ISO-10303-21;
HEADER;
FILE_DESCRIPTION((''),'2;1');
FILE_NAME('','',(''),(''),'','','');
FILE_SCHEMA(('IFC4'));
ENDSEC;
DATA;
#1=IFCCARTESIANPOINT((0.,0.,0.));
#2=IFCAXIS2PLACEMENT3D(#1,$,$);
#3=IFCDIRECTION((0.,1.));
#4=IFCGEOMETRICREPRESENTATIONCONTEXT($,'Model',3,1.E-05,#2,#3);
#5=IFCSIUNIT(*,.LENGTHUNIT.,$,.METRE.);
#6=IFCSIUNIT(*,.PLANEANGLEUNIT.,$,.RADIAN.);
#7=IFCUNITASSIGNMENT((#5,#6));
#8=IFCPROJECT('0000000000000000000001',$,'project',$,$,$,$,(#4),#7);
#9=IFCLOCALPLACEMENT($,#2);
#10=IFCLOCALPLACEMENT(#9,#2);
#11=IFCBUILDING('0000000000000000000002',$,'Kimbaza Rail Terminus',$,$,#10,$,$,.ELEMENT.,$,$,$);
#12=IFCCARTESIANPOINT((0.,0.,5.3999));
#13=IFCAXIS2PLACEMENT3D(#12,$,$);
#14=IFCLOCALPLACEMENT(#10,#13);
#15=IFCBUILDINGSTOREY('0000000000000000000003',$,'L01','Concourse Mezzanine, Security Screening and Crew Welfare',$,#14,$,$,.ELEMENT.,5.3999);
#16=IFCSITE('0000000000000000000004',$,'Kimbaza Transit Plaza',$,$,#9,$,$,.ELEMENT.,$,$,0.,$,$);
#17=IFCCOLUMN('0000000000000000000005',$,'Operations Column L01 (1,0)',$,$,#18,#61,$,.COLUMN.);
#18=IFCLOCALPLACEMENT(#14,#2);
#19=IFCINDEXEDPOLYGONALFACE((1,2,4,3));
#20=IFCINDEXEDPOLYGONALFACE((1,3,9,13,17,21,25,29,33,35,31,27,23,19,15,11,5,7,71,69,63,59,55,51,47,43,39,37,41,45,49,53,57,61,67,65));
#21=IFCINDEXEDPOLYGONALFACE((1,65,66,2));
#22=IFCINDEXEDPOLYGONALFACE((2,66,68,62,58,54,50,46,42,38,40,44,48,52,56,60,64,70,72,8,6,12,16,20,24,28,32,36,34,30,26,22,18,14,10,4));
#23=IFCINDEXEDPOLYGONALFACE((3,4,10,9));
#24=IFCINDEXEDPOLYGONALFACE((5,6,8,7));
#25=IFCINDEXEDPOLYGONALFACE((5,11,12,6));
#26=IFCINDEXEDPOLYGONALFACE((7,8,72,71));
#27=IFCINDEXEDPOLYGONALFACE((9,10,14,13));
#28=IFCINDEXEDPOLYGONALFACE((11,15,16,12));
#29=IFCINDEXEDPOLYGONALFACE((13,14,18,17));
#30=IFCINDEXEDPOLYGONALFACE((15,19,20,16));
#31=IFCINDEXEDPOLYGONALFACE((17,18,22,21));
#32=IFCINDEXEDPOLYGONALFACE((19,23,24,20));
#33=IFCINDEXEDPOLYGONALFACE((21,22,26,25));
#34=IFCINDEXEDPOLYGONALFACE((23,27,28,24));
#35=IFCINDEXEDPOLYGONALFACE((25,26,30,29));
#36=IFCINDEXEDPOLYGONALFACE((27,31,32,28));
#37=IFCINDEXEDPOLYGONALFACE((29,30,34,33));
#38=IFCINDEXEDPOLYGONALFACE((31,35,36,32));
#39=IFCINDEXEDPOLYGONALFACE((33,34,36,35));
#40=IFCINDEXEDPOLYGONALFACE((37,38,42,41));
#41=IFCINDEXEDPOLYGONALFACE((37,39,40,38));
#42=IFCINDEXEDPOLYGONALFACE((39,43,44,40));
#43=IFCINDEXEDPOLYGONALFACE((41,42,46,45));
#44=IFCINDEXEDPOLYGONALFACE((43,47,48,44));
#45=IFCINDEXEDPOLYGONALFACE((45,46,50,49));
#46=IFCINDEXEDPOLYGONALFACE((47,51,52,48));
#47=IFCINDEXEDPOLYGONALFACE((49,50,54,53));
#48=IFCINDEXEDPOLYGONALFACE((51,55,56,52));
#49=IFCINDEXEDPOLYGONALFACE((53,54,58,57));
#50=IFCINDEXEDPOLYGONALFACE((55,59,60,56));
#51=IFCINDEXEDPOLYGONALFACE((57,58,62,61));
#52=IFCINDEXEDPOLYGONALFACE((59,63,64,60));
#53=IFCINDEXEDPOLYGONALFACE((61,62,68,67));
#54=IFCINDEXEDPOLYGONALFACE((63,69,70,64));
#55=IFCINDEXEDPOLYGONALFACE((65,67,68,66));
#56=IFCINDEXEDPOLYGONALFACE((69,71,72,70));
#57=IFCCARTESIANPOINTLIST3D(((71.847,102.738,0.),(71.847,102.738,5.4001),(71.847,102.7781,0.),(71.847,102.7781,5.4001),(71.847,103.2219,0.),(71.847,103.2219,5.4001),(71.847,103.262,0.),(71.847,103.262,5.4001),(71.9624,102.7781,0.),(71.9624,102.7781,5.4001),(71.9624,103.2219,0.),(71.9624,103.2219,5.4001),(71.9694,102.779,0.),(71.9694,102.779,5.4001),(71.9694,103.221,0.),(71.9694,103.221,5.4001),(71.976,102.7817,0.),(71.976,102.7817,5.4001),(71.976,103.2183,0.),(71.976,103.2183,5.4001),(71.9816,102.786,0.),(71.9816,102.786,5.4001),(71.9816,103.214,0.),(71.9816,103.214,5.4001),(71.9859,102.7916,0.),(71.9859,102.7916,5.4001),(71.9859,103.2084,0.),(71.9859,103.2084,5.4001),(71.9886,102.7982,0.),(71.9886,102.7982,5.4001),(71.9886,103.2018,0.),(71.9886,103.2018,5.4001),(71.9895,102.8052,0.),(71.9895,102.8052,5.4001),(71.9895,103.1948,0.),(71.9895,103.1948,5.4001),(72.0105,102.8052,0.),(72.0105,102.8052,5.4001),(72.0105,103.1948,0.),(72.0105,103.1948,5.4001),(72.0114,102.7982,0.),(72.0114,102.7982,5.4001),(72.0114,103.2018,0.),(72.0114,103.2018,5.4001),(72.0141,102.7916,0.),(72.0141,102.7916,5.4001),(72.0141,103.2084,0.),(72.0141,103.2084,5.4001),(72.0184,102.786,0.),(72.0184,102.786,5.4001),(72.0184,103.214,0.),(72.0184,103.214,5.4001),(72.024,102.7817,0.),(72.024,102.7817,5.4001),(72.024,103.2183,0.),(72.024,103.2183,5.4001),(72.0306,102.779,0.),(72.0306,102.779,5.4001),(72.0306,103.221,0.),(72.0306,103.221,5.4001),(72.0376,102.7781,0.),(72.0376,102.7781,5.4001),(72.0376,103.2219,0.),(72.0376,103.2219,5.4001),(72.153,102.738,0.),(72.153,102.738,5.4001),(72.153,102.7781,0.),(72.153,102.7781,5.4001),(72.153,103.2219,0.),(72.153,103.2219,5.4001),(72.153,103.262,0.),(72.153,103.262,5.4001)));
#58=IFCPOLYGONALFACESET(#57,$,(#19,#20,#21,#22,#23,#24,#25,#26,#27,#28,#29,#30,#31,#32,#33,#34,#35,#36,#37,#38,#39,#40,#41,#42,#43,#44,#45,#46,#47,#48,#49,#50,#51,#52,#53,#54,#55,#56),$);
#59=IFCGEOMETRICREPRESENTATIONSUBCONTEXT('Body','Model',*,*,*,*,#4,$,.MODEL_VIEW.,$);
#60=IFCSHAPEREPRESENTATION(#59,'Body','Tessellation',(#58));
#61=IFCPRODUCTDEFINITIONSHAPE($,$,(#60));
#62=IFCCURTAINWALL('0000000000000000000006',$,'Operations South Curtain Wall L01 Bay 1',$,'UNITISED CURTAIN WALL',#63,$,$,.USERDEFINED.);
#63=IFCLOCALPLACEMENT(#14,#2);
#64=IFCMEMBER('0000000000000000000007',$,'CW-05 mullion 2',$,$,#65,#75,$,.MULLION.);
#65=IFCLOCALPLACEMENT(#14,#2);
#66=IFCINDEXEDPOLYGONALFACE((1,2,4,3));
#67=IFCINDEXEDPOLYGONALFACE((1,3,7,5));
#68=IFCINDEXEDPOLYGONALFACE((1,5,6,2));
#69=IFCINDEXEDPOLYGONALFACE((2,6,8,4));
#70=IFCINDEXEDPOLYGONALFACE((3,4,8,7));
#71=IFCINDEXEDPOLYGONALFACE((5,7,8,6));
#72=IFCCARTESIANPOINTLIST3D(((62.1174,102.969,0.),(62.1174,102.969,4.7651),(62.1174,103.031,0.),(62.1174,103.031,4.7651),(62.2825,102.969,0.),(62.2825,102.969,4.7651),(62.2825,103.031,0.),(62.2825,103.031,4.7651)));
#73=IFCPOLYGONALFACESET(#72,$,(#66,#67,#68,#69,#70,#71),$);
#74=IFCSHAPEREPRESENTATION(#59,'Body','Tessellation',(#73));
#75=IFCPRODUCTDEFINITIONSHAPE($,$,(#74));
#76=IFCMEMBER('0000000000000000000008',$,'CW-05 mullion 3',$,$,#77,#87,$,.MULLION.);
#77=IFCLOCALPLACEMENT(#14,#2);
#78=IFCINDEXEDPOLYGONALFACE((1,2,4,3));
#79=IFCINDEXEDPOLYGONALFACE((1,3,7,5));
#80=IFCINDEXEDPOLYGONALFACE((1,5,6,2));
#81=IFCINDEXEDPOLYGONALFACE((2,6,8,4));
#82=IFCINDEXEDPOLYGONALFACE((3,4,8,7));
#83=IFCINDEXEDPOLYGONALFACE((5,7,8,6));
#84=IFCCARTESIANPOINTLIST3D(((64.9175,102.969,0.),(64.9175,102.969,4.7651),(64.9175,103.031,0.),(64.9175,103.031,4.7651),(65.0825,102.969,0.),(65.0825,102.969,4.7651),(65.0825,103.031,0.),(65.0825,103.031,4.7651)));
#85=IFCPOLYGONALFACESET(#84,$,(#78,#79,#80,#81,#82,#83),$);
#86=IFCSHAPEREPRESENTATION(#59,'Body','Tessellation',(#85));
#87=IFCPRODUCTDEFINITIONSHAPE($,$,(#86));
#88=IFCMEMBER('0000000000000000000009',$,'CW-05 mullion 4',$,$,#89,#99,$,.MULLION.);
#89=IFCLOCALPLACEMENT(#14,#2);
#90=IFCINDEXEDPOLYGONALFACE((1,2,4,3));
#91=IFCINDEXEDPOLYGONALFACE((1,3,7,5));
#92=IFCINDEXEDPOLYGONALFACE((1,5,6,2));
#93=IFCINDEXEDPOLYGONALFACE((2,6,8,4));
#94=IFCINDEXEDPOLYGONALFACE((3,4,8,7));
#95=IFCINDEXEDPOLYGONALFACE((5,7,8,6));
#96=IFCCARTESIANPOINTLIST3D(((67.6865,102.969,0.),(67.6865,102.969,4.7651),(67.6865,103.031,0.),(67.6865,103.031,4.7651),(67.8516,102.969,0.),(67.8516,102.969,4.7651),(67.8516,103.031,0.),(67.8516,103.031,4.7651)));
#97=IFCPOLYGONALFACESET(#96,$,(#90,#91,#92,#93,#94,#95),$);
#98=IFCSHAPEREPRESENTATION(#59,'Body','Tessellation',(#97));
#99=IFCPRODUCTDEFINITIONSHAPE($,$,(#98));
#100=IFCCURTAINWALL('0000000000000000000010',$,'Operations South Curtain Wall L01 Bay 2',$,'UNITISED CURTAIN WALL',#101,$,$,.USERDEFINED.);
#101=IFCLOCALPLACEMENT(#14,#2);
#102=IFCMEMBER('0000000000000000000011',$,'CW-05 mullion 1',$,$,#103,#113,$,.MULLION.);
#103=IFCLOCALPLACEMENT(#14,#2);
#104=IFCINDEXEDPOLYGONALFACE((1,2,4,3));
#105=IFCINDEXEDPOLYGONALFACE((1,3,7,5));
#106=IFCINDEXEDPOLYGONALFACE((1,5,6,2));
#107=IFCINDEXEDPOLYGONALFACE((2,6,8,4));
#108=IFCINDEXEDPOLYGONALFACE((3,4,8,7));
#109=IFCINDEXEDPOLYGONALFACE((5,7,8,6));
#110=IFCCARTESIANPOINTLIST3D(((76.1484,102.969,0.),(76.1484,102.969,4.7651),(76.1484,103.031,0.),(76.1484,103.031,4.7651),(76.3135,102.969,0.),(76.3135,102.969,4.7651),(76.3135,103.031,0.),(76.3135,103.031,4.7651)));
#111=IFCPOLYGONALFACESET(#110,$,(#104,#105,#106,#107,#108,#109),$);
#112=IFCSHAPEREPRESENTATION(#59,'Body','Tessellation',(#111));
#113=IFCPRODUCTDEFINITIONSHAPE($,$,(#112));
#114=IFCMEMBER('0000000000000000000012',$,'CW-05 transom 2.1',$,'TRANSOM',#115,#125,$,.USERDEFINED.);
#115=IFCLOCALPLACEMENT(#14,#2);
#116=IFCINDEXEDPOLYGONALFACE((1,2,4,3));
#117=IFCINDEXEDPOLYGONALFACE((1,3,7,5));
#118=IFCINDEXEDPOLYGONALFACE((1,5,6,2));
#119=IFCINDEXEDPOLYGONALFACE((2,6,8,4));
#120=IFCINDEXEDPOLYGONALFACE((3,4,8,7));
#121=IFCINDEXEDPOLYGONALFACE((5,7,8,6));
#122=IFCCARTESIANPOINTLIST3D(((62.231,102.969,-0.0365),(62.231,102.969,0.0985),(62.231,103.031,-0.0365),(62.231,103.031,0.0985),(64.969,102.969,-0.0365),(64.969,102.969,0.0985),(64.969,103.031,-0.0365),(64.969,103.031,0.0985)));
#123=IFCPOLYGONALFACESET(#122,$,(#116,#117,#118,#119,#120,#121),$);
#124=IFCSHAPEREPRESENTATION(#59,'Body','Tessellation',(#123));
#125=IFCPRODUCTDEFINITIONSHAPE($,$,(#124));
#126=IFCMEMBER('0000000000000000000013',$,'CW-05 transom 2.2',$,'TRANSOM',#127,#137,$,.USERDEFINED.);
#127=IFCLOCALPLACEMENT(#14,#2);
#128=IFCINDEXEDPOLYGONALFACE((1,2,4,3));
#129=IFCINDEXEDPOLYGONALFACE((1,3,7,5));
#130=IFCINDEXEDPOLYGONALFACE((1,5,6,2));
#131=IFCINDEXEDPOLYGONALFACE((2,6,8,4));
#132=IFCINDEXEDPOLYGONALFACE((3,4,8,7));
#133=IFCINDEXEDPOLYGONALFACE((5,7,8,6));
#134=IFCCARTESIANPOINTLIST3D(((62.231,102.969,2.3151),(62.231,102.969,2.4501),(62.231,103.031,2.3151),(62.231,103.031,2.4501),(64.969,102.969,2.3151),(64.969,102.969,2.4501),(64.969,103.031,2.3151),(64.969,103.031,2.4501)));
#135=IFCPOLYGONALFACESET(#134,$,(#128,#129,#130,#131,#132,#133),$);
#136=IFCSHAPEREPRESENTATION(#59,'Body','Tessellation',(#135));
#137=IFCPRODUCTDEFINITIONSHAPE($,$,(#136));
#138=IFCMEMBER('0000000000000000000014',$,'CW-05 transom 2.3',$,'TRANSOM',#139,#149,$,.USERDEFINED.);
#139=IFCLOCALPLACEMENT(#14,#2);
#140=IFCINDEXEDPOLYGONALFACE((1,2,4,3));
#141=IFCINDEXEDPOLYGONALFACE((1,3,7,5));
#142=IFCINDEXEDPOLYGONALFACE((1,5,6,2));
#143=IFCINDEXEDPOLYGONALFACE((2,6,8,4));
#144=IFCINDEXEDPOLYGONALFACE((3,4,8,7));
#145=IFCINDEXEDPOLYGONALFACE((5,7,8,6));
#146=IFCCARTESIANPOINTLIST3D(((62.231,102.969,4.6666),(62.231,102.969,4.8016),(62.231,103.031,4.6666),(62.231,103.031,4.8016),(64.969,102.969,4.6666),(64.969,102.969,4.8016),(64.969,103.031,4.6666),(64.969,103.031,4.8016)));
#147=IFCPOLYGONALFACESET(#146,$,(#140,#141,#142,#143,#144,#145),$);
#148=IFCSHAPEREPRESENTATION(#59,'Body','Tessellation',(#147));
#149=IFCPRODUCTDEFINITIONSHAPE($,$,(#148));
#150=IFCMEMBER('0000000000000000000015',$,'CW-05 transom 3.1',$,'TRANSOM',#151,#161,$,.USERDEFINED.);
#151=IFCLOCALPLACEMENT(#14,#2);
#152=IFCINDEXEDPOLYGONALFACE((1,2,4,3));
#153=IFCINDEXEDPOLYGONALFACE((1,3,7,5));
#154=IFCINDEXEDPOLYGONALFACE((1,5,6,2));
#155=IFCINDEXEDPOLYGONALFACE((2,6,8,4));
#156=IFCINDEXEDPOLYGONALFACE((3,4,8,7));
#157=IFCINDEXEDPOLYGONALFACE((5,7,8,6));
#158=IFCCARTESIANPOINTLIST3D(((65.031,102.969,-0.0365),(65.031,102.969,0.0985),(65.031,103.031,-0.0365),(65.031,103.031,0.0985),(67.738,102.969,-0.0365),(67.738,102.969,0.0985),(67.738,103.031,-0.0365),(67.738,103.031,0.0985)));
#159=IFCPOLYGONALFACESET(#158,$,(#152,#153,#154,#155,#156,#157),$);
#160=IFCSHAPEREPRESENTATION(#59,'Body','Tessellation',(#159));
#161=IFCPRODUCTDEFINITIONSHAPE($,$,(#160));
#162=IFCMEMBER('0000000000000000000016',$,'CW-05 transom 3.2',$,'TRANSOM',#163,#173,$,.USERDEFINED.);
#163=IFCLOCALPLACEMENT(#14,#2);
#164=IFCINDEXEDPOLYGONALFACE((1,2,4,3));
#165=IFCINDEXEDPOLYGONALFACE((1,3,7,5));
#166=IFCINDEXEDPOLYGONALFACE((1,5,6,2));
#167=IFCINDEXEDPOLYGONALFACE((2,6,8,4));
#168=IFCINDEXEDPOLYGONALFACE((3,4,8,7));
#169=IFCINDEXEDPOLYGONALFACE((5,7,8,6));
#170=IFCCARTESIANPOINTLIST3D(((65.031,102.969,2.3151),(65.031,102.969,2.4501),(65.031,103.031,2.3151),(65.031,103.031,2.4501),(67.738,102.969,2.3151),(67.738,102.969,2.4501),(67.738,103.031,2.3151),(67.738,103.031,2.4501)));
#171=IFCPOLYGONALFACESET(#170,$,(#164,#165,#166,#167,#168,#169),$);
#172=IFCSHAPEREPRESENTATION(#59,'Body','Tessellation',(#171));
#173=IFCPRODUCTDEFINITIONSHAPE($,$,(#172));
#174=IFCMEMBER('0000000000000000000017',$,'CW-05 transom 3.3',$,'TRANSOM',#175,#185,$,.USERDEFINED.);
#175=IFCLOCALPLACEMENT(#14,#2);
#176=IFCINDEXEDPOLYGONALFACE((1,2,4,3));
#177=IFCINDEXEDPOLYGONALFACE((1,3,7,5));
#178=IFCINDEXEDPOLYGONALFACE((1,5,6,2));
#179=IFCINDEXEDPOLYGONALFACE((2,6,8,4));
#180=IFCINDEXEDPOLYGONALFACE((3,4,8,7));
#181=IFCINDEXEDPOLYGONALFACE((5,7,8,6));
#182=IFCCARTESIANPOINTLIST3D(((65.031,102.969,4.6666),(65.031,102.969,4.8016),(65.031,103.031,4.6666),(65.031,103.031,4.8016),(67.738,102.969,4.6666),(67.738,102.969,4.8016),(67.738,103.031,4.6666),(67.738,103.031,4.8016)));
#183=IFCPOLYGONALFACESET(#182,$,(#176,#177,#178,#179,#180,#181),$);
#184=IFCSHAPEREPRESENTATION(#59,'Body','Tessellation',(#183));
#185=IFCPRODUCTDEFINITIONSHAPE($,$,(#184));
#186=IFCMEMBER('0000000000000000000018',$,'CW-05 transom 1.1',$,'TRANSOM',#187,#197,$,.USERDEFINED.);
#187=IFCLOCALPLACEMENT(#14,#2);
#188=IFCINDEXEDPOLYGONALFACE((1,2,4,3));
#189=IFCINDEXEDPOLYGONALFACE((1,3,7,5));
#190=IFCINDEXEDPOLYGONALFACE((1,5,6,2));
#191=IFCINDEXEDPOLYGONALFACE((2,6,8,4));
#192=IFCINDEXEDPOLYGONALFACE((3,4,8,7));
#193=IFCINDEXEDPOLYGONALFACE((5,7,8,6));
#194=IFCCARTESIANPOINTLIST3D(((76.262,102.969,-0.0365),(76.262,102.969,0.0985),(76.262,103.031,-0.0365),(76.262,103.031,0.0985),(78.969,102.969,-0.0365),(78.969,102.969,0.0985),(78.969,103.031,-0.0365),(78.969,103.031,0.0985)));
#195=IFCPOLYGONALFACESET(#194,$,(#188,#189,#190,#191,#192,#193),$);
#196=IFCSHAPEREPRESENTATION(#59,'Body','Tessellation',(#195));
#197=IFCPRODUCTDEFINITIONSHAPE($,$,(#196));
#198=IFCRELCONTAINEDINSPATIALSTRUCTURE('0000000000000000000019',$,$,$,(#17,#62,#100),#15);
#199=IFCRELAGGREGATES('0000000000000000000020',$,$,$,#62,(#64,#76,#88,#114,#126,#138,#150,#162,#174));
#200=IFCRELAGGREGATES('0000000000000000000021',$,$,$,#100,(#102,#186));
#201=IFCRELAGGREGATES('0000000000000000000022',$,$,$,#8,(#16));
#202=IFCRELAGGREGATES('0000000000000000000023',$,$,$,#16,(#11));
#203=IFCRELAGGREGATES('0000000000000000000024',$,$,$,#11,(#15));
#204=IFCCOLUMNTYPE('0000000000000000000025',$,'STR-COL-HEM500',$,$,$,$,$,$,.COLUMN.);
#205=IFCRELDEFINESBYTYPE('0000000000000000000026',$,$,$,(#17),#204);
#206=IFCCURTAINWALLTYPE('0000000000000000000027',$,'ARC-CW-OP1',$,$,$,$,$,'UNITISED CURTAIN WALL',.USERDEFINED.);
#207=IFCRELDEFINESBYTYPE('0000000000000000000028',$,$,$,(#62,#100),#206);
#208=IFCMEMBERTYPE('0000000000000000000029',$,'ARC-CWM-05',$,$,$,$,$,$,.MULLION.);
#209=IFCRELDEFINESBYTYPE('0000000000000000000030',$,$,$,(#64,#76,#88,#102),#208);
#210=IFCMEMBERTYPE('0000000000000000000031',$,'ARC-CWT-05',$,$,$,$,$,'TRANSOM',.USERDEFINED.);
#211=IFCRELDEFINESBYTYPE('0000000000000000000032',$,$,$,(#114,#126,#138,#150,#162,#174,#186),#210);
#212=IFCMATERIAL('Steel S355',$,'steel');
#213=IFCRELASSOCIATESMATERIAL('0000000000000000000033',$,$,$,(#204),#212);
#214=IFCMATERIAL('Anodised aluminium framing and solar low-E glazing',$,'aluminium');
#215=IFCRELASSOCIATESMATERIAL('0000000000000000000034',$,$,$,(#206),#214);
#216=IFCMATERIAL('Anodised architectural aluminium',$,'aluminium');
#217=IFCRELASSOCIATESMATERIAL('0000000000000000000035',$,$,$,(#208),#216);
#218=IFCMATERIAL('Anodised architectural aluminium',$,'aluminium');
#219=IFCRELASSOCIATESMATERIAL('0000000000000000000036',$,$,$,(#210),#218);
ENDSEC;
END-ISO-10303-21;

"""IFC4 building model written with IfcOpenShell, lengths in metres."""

from ifc_helpers import new_model, si_unit, direction, frame, origin, origin_2d, place, context, subcontext, project, spatial, rectangle, i_section, extrude, material, material_profile, profile_set, type_object, element, aggregate, save


model = new_model("IFC4")

# Units and contexts
model_context = context("Model", 3, precision=1e-05, world=origin(), true_north=direction((0.0, 1.0)))
body_context = subcontext(model_context, "Body", "Model", "MODEL_VIEW")
ifc_project = project(units=[si_unit("LENGTHUNIT", "METRE"), si_unit("PLANEANGLEUNIT", "RADIAN")], contexts=[model_context])

# Site, building, storey
site_placement = place(None, origin())
site = spatial("IfcSite", under=ifc_project, at=site_placement, Name="Kimbaza Transit Plaza", CompositionType="ELEMENT", RefElevation=0.0)
building_placement = place(site_placement, origin())
building = spatial("IfcBuilding", under=site, at=building_placement, Name="Kimbaza Rail Terminus", CompositionType="ELEMENT")
storey_placement = place(building_placement, frame((0.0, 0.0, 5.3999)))
storey = spatial("IfcBuildingStorey", under=building, at=storey_placement, Name="L01", Description="Concourse Mezzanine, Security Screening and Crew Welfare", CompositionType="ELEMENT", Elevation=5.3999)

# Column
ifc_material_1 = material(Name="Steel S355", Category="steel")
ifc_material_profile_1 = material_profile(ifc_material_1, i_section(OverallWidth=0.3059, OverallDepth=0.5239, WebThickness=0.021, FlangeThickness=0.04, FilletRadius=0.0271, at=origin_2d()), Name="HEM 500")
ifc_profile_set_1 = profile_set([ifc_material_profile_1], Name="Steel S355")
column_type = type_object("IfcColumnType", Name="STR-COL-HEM500", PredefinedType="COLUMN", material=ifc_profile_set_1)
column_placement = place(storey_placement, frame((72.0, 103.0, 0.0), z_axis=(0.0, 0.0, 1.0), x_axis=(1.0, 0.0, 0.0)))
element("IfcColumn", 1, at=column_placement, inside=storey, type_object=column_type, Name="Operations Column L01 (1,0)", PredefinedType="COLUMN", context=body_context, shape_type="SweptSolid", body=[
    extrude(i_section(OverallWidth=0.3059, OverallDepth=0.5239, WebThickness=0.021, FlangeThickness=0.04, FilletRadius=0.0271, at=origin_2d()), origin(), (0.0, 0.0, 1.0), 5.4001),
])

# Curtain wall, members
ifc_material_2 = material(Name="Anodised aluminium framing and solar low-E glazing", Category="aluminium")
curtain_wall_type = type_object("IfcCurtainWallType", Name="ARC-CW-OP1", ElementType="UNITISED CURTAIN WALL", PredefinedType="USERDEFINED", material=ifc_material_2)
curtain_wall_1_placement = place(storey_placement, origin())
curtain_wall_1 = element("IfcCurtainWall", 2, at=curtain_wall_1_placement, inside=storey, type_object=curtain_wall_type, Name="Operations South Curtain Wall L01 Bay 1", ObjectType="UNITISED CURTAIN WALL", PredefinedType="USERDEFINED")
ifc_material_3 = material(Name="Anodised architectural aluminium", Category="aluminium")
ifc_material_profile_2 = material_profile(ifc_material_3, rectangle(XDim=0.062, YDim=0.165, at=origin_2d()), Name="MULLION 62x165")
ifc_profile_set_2 = profile_set([ifc_material_profile_2], Name="Anodised architectural aluminium")
member_type_1 = type_object("IfcMemberType", Name="ARC-CWM-05", PredefinedType="MULLION", material=ifc_profile_set_2)
member_1_placement = place(storey_placement, frame((62.2, 103.0, 0.0), z_axis=(0.0, 0.0, 1.0), x_axis=(0.0, 1.0, 0.0)))
member_1 = element("IfcMember", 3, at=member_1_placement, type_object=member_type_1, Name="CW-05 mullion 2", PredefinedType="MULLION", context=body_context, shape_type="SweptSolid", body=[
    extrude(rectangle(XDim=0.062, YDim=0.165, at=origin_2d()), origin(), (0.0, 0.0, 1.0), 4.7651),
])
member_2_placement = place(storey_placement, frame((65.0, 103.0, 0.0), z_axis=(0.0, 0.0, 1.0), x_axis=(0.0, 1.0, 0.0)))
member_2 = element("IfcMember", 4, at=member_2_placement, type_object=member_type_1, Name="CW-05 mullion 3", PredefinedType="MULLION", context=body_context, shape_type="SweptSolid", body=[
    extrude(rectangle(XDim=0.062, YDim=0.165, at=origin_2d()), origin(), (0.0, 0.0, 1.0), 4.7651),
])
member_3_placement = place(storey_placement, frame((67.769, 103.0, 0.0), z_axis=(0.0, 0.0, 1.0), x_axis=(0.0, 1.0, 0.0)))
member_3 = element("IfcMember", 5, at=member_3_placement, type_object=member_type_1, Name="CW-05 mullion 4", PredefinedType="MULLION", context=body_context, shape_type="SweptSolid", body=[
    extrude(rectangle(XDim=0.062, YDim=0.165, at=origin_2d()), origin(), (0.0, 0.0, 1.0), 4.7651),
])

# Curtain wall, member
curtain_wall_2_placement = place(storey_placement, origin())
curtain_wall_2 = element("IfcCurtainWall", 6, at=curtain_wall_2_placement, inside=storey, type_object=curtain_wall_type, Name="Operations South Curtain Wall L01 Bay 2", ObjectType="UNITISED CURTAIN WALL", PredefinedType="USERDEFINED")
member_4_placement = place(storey_placement, frame((76.231, 103.0, 0.0), z_axis=(0.0, 0.0, 1.0), x_axis=(0.0, 1.0, 0.0)))
member_4 = element("IfcMember", 7, at=member_4_placement, type_object=member_type_1, Name="CW-05 mullion 1", PredefinedType="MULLION", context=body_context, shape_type="SweptSolid", body=[
    extrude(rectangle(XDim=0.062, YDim=0.165, at=origin_2d()), origin(), (0.0, 0.0, 1.0), 4.7651),
])

# Members
ifc_material_4 = material(Name="Anodised architectural aluminium", Category="aluminium")
ifc_material_profile_3 = material_profile(ifc_material_4, rectangle(XDim=0.062, YDim=0.135, at=origin_2d()), Name="TRANSOM 62x135")
ifc_profile_set_3 = profile_set([ifc_material_profile_3], Name="Anodised architectural aluminium")
member_type_2 = type_object("IfcMemberType", Name="ARC-CWT-05", ElementType="TRANSOM", PredefinedType="USERDEFINED", material=ifc_profile_set_3)
member_5_placement = place(storey_placement, frame((62.231, 103.0, 0.031), z_axis=(1.0, 0.0, 0.0), x_axis=(0.0, 1.0, 0.0)))
member_5 = element("IfcMember", 8, at=member_5_placement, type_object=member_type_2, Name="CW-05 transom 2.1", ObjectType="TRANSOM", PredefinedType="USERDEFINED", context=body_context, shape_type="SweptSolid", body=[
    extrude(rectangle(XDim=0.062, YDim=0.135, at=origin_2d()), origin(), (0.0, 0.0, 1.0), 2.738),
])
member_6_placement = place(storey_placement, frame((62.231, 103.0, 2.3826), z_axis=(1.0, 0.0, 0.0), x_axis=(0.0, 1.0, 0.0)))
member_6 = element("IfcMember", 9, at=member_6_placement, type_object=member_type_2, Name="CW-05 transom 2.2", ObjectType="TRANSOM", PredefinedType="USERDEFINED", context=body_context, shape_type="SweptSolid", body=[
    extrude(rectangle(XDim=0.062, YDim=0.135, at=origin_2d()), origin(), (0.0, 0.0, 1.0), 2.738),
])
member_7_placement = place(storey_placement, frame((62.231, 103.0, 4.7341), z_axis=(1.0, 0.0, 0.0), x_axis=(0.0, 1.0, 0.0)))
member_7 = element("IfcMember", 10, at=member_7_placement, type_object=member_type_2, Name="CW-05 transom 2.3", ObjectType="TRANSOM", PredefinedType="USERDEFINED", context=body_context, shape_type="SweptSolid", body=[
    extrude(rectangle(XDim=0.062, YDim=0.135, at=origin_2d()), origin(), (0.0, 0.0, 1.0), 2.738),
])
member_8_placement = place(storey_placement, frame((65.031, 103.0, 0.031), z_axis=(1.0, 0.0, 0.0), x_axis=(0.0, 1.0, 0.0)))
member_8 = element("IfcMember", 11, at=member_8_placement, type_object=member_type_2, Name="CW-05 transom 3.1", ObjectType="TRANSOM", PredefinedType="USERDEFINED", context=body_context, shape_type="SweptSolid", body=[
    extrude(rectangle(XDim=0.062, YDim=0.135, at=origin_2d()), origin(), (0.0, 0.0, 1.0), 2.707),
])
member_9_placement = place(storey_placement, frame((65.031, 103.0, 2.3826), z_axis=(1.0, 0.0, 0.0), x_axis=(0.0, 1.0, 0.0)))
member_9 = element("IfcMember", 12, at=member_9_placement, type_object=member_type_2, Name="CW-05 transom 3.2", ObjectType="TRANSOM", PredefinedType="USERDEFINED", context=body_context, shape_type="SweptSolid", body=[
    extrude(rectangle(XDim=0.062, YDim=0.135, at=origin_2d()), origin(), (0.0, 0.0, 1.0), 2.707),
])
member_10_placement = place(storey_placement, frame((65.031, 103.0, 4.7341), z_axis=(1.0, 0.0, 0.0), x_axis=(0.0, 1.0, 0.0)))
member_10 = element("IfcMember", 13, at=member_10_placement, type_object=member_type_2, Name="CW-05 transom 3.3", ObjectType="TRANSOM", PredefinedType="USERDEFINED", context=body_context, shape_type="SweptSolid", body=[
    extrude(rectangle(XDim=0.062, YDim=0.135, at=origin_2d()), origin(), (0.0, 0.0, 1.0), 2.707),
])
member_11_placement = place(storey_placement, frame((76.262, 103.0, 0.031), z_axis=(1.0, 0.0, 0.0), x_axis=(0.0, 1.0, 0.0)))
member_11 = element("IfcMember", 14, at=member_11_placement, type_object=member_type_2, Name="CW-05 transom 1.1", ObjectType="TRANSOM", PredefinedType="USERDEFINED", context=body_context, shape_type="SweptSolid", body=[
    extrude(rectangle(XDim=0.062, YDim=0.135, at=origin_2d()), origin(), (0.0, 0.0, 1.0), 2.707),
])

aggregate(curtain_wall_1, [member_1, member_2, member_3, member_5, member_6, member_7, member_8, member_9, member_10])
aggregate(curtain_wall_2, [member_4, member_11])

save(model, "model.ifc")
